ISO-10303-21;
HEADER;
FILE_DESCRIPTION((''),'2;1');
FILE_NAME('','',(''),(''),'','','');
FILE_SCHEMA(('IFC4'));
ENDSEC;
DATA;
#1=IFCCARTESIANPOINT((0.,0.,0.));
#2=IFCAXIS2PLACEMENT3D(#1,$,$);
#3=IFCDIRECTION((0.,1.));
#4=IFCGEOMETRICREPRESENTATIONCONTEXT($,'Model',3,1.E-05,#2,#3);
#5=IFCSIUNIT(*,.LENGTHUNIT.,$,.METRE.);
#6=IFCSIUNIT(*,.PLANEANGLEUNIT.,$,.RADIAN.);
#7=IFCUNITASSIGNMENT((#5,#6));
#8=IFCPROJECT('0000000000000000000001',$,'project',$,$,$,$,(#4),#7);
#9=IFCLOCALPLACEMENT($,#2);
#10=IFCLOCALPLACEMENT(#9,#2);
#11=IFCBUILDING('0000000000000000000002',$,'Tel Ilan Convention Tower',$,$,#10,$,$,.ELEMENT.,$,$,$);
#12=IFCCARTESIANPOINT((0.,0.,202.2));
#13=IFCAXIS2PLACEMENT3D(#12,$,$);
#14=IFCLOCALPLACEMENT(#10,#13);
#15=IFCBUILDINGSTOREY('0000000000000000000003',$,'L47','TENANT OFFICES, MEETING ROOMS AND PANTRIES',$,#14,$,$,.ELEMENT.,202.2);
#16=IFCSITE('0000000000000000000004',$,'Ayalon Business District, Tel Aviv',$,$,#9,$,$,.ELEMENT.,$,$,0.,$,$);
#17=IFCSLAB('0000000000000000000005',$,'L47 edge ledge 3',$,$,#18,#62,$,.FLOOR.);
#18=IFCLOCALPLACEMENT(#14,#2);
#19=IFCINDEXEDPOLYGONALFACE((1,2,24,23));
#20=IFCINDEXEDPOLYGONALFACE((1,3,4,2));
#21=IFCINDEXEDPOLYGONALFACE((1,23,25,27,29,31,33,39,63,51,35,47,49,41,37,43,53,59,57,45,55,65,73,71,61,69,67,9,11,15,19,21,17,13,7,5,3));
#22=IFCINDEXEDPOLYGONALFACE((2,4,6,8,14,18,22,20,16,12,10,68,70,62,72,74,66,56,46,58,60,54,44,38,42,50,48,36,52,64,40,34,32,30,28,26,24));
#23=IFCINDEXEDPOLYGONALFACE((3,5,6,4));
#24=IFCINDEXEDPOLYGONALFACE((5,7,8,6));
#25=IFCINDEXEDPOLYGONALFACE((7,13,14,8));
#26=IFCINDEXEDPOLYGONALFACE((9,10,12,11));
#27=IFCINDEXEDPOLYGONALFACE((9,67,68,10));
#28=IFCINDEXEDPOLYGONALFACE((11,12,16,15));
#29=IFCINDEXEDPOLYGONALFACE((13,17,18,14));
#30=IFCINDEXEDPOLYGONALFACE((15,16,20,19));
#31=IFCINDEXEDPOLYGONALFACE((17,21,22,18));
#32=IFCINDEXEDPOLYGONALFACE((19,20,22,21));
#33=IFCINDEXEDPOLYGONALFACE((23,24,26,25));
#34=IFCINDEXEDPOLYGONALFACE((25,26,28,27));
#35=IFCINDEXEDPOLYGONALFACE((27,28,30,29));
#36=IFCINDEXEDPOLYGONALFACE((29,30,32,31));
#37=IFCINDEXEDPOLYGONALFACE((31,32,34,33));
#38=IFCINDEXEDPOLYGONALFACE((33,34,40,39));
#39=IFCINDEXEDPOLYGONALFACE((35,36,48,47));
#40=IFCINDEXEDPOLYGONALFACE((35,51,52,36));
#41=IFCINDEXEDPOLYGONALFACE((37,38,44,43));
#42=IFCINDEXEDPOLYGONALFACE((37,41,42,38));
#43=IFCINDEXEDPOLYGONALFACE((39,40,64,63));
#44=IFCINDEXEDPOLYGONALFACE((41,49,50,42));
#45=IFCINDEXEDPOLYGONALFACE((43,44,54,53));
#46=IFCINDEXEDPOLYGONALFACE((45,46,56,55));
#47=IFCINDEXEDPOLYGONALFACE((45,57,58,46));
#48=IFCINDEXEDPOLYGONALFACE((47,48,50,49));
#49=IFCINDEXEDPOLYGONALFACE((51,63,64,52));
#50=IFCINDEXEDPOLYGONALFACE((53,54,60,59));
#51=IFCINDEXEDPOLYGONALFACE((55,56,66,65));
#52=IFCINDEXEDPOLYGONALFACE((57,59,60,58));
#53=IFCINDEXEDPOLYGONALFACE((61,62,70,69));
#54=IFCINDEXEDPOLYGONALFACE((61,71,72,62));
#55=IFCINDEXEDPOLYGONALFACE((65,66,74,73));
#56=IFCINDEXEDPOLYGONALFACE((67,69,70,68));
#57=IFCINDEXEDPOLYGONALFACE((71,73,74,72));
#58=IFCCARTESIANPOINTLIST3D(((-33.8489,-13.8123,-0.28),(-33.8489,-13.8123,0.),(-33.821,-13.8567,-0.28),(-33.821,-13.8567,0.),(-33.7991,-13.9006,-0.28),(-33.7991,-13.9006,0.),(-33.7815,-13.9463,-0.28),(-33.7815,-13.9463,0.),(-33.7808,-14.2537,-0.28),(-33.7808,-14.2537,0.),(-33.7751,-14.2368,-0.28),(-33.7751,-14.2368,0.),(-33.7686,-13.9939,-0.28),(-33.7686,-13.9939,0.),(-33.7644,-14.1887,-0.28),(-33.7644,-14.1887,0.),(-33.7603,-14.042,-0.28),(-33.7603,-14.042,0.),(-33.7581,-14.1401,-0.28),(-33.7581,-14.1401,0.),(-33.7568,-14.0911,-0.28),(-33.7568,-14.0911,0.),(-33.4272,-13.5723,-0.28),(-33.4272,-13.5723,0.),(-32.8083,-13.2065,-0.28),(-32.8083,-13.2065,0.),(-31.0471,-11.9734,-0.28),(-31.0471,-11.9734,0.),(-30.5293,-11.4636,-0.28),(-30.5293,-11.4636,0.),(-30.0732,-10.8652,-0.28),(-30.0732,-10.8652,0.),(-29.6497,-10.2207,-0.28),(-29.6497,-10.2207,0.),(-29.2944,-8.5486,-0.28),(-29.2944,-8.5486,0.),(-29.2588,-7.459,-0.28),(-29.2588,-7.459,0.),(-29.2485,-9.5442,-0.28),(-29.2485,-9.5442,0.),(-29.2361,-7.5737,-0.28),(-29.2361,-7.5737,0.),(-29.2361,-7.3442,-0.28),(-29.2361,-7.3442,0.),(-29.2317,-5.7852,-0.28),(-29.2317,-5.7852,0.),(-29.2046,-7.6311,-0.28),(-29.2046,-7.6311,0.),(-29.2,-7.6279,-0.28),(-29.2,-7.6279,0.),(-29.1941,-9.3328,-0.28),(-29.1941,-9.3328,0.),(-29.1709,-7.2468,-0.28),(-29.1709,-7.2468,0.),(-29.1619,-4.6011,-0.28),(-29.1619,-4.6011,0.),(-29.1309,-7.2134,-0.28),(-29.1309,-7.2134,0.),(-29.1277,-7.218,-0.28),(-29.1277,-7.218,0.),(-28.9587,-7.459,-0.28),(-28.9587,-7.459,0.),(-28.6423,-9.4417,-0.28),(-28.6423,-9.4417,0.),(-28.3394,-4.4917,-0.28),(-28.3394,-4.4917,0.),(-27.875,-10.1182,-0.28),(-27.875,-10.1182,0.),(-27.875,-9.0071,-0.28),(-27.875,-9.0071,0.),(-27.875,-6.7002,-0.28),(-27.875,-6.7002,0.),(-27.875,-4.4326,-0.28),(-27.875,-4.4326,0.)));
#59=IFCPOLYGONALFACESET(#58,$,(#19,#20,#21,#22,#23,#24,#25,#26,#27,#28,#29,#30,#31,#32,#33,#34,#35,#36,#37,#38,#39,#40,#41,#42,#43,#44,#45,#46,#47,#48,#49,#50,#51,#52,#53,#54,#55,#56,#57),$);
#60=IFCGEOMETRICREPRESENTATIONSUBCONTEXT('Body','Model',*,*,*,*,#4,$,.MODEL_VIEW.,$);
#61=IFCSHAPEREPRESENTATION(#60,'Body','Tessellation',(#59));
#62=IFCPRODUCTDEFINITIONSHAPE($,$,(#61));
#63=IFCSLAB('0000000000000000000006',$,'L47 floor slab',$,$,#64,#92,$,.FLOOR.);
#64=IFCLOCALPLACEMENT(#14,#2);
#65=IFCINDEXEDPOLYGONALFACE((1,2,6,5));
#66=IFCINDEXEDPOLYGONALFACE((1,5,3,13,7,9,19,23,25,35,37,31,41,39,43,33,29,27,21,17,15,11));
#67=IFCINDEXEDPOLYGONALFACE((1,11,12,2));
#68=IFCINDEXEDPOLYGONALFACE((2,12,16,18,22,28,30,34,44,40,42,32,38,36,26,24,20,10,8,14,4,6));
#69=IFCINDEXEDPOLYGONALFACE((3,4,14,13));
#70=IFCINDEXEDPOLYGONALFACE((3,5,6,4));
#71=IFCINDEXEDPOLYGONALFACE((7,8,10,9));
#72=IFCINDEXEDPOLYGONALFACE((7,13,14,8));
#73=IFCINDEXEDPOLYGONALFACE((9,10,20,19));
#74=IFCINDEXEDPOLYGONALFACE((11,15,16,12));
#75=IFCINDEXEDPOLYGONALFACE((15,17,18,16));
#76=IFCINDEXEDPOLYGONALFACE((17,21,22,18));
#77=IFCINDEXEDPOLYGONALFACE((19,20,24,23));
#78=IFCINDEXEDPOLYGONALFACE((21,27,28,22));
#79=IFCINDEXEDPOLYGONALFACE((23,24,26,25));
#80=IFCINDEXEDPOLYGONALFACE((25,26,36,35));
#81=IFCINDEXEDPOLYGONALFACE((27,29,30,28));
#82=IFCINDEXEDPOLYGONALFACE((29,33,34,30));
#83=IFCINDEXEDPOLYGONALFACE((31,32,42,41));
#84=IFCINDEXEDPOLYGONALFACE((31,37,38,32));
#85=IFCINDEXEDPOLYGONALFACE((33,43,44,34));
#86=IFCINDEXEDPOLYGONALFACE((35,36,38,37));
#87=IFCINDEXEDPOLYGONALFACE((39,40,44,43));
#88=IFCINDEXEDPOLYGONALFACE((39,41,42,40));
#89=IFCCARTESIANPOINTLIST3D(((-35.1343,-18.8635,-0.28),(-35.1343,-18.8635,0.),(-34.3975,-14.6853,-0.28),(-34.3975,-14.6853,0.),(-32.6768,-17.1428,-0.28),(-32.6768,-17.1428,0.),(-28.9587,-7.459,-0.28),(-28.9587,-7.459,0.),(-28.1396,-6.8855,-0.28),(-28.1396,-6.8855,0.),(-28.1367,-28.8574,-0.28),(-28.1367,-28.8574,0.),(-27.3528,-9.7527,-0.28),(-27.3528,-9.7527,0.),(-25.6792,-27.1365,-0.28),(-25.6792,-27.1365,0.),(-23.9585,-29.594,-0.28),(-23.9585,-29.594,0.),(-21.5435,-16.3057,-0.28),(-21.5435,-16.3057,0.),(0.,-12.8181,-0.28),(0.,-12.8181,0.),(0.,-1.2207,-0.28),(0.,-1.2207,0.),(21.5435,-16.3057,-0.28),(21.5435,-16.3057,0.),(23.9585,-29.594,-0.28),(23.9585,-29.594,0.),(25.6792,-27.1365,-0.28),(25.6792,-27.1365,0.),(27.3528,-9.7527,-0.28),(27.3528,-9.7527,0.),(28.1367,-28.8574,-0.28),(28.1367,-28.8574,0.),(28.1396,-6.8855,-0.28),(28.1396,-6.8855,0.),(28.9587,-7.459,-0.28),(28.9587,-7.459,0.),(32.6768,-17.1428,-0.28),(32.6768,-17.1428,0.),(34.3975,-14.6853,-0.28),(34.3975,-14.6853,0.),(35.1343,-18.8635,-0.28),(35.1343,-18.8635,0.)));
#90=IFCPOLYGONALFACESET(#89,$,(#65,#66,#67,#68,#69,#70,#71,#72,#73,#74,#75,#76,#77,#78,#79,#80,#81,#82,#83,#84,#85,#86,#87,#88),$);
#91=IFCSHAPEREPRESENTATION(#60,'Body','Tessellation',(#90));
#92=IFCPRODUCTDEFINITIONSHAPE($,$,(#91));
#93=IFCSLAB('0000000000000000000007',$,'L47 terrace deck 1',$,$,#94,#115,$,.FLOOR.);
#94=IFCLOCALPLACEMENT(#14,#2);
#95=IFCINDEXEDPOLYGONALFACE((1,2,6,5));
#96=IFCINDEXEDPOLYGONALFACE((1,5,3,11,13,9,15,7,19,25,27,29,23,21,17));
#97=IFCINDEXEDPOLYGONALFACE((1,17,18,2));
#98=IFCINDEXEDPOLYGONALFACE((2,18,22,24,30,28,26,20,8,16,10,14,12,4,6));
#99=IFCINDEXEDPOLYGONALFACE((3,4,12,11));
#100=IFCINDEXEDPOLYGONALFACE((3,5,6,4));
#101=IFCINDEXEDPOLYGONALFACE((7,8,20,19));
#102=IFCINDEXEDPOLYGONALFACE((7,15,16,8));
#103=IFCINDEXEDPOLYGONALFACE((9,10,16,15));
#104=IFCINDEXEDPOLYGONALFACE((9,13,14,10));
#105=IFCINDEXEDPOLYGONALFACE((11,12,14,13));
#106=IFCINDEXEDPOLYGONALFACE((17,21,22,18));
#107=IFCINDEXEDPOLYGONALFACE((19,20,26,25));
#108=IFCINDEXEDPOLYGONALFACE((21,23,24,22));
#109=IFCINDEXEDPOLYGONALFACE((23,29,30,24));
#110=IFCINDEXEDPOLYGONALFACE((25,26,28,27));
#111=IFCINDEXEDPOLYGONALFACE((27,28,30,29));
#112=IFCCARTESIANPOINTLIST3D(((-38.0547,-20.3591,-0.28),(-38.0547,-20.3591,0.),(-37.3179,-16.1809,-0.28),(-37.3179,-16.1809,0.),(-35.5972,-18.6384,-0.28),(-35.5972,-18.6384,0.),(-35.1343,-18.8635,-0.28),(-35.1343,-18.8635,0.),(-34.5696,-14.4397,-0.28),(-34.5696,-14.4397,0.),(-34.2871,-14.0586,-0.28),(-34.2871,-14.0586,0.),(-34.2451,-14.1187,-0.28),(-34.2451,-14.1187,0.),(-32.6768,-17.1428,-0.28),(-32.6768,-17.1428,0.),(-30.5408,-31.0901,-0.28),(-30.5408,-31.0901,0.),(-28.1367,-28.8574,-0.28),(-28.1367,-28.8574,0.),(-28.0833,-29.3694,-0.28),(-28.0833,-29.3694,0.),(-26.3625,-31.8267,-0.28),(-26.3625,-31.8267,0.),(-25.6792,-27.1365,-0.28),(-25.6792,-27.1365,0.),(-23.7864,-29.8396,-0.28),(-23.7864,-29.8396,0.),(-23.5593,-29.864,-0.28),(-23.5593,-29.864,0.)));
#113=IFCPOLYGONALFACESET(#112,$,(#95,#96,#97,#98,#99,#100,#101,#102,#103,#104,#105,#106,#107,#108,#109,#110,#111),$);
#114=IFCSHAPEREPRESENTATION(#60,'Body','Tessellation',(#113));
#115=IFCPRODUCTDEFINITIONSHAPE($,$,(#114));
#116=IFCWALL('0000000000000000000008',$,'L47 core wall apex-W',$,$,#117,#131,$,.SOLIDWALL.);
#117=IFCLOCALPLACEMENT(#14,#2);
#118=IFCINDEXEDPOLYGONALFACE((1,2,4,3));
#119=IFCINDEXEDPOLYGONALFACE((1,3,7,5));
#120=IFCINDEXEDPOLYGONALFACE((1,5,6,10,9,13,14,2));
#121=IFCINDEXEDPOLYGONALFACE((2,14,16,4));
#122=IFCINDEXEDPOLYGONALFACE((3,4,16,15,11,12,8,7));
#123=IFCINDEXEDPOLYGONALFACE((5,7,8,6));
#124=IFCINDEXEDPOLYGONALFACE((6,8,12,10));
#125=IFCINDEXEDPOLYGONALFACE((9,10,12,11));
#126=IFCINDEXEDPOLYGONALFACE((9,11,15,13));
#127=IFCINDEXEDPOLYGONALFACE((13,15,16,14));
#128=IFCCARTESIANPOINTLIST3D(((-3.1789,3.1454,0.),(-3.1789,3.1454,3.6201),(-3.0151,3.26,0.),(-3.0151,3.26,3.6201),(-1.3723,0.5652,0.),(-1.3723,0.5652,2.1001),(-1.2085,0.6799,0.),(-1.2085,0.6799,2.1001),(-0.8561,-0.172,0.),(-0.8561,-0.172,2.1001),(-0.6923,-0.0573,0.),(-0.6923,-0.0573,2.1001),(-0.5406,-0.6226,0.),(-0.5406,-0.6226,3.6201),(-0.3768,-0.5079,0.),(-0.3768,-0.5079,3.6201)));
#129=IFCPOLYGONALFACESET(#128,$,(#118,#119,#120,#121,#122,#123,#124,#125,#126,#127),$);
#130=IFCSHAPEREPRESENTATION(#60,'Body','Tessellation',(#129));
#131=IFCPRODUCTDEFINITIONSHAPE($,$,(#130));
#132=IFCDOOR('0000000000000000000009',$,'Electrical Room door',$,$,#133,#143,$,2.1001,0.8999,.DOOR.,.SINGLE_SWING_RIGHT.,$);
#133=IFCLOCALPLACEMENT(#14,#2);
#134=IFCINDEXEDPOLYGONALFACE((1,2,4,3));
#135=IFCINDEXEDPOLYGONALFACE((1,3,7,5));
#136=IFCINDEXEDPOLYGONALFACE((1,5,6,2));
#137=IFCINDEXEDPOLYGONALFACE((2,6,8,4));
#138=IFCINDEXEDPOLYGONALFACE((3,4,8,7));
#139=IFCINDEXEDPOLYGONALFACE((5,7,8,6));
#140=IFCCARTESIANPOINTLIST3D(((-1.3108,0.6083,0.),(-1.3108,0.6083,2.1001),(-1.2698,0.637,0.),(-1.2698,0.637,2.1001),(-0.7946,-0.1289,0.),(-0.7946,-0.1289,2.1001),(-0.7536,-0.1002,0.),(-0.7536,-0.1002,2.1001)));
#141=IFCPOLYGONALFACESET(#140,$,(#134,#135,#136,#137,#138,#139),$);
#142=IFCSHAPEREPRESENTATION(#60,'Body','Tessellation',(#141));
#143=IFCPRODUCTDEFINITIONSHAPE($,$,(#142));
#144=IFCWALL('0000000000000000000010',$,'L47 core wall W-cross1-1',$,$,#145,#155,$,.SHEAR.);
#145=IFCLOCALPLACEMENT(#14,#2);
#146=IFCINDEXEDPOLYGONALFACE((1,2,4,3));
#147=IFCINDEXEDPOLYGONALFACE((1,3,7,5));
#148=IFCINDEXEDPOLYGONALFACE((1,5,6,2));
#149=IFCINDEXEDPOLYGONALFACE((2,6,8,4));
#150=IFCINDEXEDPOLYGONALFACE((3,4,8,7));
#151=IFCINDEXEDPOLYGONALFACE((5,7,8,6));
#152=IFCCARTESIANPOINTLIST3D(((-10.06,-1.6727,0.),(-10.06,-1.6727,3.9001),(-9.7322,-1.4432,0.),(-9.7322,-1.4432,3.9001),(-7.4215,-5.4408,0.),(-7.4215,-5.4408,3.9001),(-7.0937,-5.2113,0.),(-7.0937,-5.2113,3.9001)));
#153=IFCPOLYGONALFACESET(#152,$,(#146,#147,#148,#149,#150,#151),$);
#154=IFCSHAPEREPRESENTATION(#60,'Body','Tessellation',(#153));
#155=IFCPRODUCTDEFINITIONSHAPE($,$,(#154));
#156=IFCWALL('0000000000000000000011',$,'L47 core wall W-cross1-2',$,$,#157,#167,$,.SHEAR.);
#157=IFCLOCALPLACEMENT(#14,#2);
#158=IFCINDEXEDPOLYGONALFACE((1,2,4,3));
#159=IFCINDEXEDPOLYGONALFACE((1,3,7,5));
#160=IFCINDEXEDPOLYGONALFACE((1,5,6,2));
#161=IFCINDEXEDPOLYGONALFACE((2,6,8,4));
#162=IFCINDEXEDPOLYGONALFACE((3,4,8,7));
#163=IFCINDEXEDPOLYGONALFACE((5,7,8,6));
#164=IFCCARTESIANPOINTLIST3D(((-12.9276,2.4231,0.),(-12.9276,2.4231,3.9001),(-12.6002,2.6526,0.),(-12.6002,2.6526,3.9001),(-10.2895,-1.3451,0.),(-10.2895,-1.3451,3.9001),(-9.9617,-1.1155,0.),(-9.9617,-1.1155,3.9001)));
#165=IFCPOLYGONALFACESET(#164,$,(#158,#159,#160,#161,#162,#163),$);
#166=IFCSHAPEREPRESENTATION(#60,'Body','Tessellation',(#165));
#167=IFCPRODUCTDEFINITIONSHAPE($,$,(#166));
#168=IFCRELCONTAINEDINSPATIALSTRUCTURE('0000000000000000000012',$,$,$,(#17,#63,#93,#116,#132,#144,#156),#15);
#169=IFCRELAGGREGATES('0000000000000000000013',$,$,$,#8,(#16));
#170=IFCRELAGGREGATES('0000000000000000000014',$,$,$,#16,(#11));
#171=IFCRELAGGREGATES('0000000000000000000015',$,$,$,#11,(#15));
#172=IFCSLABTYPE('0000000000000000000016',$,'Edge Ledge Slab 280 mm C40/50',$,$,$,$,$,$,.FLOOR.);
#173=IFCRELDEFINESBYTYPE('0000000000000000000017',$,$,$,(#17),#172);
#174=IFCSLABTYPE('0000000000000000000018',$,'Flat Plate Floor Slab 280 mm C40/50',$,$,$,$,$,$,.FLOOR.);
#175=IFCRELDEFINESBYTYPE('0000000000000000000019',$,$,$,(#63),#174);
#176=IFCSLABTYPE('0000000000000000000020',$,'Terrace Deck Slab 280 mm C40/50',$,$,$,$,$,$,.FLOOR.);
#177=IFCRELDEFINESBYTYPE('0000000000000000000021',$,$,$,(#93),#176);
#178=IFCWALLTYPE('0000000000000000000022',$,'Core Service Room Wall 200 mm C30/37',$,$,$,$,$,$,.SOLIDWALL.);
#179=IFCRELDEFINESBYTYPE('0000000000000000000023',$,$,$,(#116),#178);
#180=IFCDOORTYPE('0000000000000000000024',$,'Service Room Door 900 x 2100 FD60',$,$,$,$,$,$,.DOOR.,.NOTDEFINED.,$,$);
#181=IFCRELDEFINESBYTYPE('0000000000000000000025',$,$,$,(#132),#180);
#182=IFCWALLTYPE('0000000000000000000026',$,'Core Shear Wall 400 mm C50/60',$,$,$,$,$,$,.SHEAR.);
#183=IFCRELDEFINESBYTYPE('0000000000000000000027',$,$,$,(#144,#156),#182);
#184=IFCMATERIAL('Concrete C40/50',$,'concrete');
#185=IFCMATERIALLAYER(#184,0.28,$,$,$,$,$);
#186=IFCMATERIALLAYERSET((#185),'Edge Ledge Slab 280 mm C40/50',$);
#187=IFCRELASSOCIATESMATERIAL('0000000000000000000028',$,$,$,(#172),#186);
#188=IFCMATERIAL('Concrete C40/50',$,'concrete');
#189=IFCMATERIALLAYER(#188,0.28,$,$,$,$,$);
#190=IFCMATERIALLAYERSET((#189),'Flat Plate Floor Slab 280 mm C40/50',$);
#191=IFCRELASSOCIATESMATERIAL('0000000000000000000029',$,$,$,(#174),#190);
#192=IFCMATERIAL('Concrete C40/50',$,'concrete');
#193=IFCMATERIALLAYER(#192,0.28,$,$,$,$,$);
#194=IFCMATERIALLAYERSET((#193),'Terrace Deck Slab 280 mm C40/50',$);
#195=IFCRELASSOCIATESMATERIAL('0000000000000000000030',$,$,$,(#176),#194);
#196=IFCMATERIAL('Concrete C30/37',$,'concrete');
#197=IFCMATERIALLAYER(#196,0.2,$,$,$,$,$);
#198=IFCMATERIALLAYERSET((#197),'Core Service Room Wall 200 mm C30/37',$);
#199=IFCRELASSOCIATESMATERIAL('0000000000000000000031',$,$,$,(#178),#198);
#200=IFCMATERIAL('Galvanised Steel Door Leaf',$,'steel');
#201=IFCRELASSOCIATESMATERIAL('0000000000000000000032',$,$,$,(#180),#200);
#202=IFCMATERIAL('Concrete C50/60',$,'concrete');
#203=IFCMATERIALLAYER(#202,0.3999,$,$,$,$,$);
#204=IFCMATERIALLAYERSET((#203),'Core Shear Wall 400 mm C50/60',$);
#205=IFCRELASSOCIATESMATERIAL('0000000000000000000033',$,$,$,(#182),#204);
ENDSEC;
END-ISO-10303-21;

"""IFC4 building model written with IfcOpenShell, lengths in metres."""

from ifc_helpers import new_model, si_unit, direction, frame, frame_2d, origin, place, context, subcontext, project, spatial, polyline, rectangle, outline, extrude, material, layer, layer_set, type_object, element, fill, save


model = new_model("IFC4")

# Units and contexts
model_context = context("Model", 3, precision=1e-05, world=origin(), true_north=direction((0.0, 1.0)))
body_context = subcontext(model_context, "Body", "Model", "MODEL_VIEW")
ifc_project = project(units=[si_unit("LENGTHUNIT", "METRE"), si_unit("PLANEANGLEUNIT", "RADIAN")], contexts=[model_context])

# Site, building, storey
site_placement = place(None, origin())
site = spatial("IfcSite", under=ifc_project, at=site_placement, Name="Ayalon Business District, Tel Aviv", CompositionType="ELEMENT", RefElevation=0.0)
building_placement = place(site_placement, origin())
building = spatial("IfcBuilding", under=site, at=building_placement, Name="Tel Ilan Convention Tower", CompositionType="ELEMENT")
storey_placement = place(building_placement, frame((0.0, 0.0, 202.2)))
storey = spatial("IfcBuildingStorey", under=building, at=storey_placement, Name="L47", Description="TENANT OFFICES, MEETING ROOMS AND PANTRIES", CompositionType="ELEMENT", Elevation=202.2)

# Slabs
ifc_material_1 = material(Name="Concrete C40/50", Category="concrete")
ifc_layer_1 = layer(ifc_material_1, 0.28)
ifc_layer_set_1 = layer_set([ifc_layer_1], Name="Edge Ledge Slab 280 mm C40/50")
slab_type_1 = type_object("IfcSlabType", Name="Edge Ledge Slab 280 mm C40/50", PredefinedType="FLOOR", material=ifc_layer_set_1)
slab_1_placement = place(storey_placement, frame((0.0, 0.0, -0.28)))
element("IfcSlab", 1, at=slab_1_placement, inside=storey, type_object=slab_type_1, Name="L47 edge ledge 3", PredefinedType="FLOOR", context=body_context, shape_type="SweptSolid", body=[
    extrude(outline(polyline([(-30.5293, -11.4636), (-30.0732, -10.8652), (-29.6497, -10.2207), (-29.2485, -9.5442), (-28.6423, -9.4417), (-29.1941, -9.3328), (-29.2944, -8.5486), (-29.2046, -7.6311), (-29.2, -7.6279), (-29.2361, -7.5737), (-29.2588, -7.459), (-29.2361, -7.3442), (-29.1709, -7.2468), (-29.1277, -7.218), (-29.1309, -7.2134), (-29.2317, -5.7852), (-29.1619, -4.6011), (-28.3394, -4.4917), (-27.875, -4.4326), (-27.875, -6.7002), (-28.9587, -7.459), (-27.875, -9.0071), (-27.875, -10.1182), (-33.7808, -14.2537), (-33.7751, -14.2368), (-33.7644, -14.1887), (-33.7581, -14.1401), (-33.7568, -14.0911), (-33.7603, -14.042), (-33.7686, -13.9939), (-33.7815, -13.9463), (-33.7991, -13.9006), (-33.821, -13.8567), (-33.8489, -13.8123), (-33.4272, -13.5723), (-32.8083, -13.2065), (-31.0471, -11.9734), (-30.5293, -11.4636)])), origin(), (0.0, 0.0, 1.0), 0.28),
])
ifc_material_2 = material(Name="Concrete C40/50", Category="concrete")
ifc_layer_2 = layer(ifc_material_2, 0.28)
ifc_layer_set_2 = layer_set([ifc_layer_2], Name="Flat Plate Floor Slab 280 mm C40/50")
slab_type_2 = type_object("IfcSlabType", Name="Flat Plate Floor Slab 280 mm C40/50", PredefinedType="FLOOR", material=ifc_layer_set_2)
slab_2_placement = place(storey_placement, frame((0.0, 0.0, -0.28)))
element("IfcSlab", 2, at=slab_2_placement, inside=storey, type_object=slab_type_2, Name="L47 floor slab", PredefinedType="FLOOR", context=body_context, shape_type="SweptSolid", body=[
    extrude(outline(polyline([(-25.6792, -27.1365), (-28.1367, -28.8574), (-35.1343, -18.8635), (-32.6768, -17.1428), (-34.3975, -14.6853), (-27.3528, -9.7527), (-28.9587, -7.459), (-28.1396, -6.8855), (-21.5435, -16.3057), (0.0, -1.2207), (21.5435, -16.3057), (28.1396, -6.8855), (28.9587, -7.459), (27.3528, -9.7527), (34.3975, -14.6853), (32.6768, -17.1428), (35.1343, -18.8635), (28.1367, -28.8574), (25.6792, -27.1365), (23.9585, -29.594), (0.0, -12.8181), (-23.9585, -29.594), (-25.6792, -27.1365)])), origin(), (0.0, 0.0, 1.0), 0.28),
])
ifc_material_3 = material(Name="Concrete C40/50", Category="concrete")
ifc_layer_3 = layer(ifc_material_3, 0.28)
ifc_layer_set_3 = layer_set([ifc_layer_3], Name="Terrace Deck Slab 280 mm C40/50")
slab_type_3 = type_object("IfcSlabType", Name="Terrace Deck Slab 280 mm C40/50", PredefinedType="FLOOR", material=ifc_layer_set_3)
slab_3_placement = place(storey_placement, frame((0.0, 0.0, -0.28)))
element("IfcSlab", 3, at=slab_3_placement, inside=storey, type_object=slab_type_3, Name="L47 terrace deck 1", PredefinedType="FLOOR", context=body_context, shape_type="SweptSolid", body=[
    extrude(outline(polyline([(-30.5408, -31.0901), (-38.0547, -20.3591), (-35.5972, -18.6384), (-37.3179, -16.1809), (-34.2871, -14.0586), (-34.2451, -14.1187), (-34.5696, -14.4397), (-32.6768, -17.1428), (-35.1343, -18.8635), (-28.1367, -28.8574), (-25.6792, -27.1365), (-23.7864, -29.8396), (-23.5593, -29.864), (-26.3625, -31.8267), (-28.0833, -29.3694), (-30.5408, -31.0901)])), origin(), (0.0, 0.0, 1.0), 0.28),
])

# Wall, opening, door
ifc_material_4 = material(Name="Concrete C30/37", Category="concrete")
ifc_layer_4 = layer(ifc_material_4, 0.2)
ifc_layer_set_4 = layer_set([ifc_layer_4], Name="Core Service Room Wall 200 mm C30/37")
wall_type_1 = type_object("IfcWallType", Name="Core Service Room Wall 200 mm C30/37", PredefinedType="SOLIDWALL", material=ifc_layer_set_4)
wall_1_placement = place(storey_placement, frame((-0.4587, -0.5652, 0.0), z_axis=(0.0, 0.0, 1.0), x_axis=(-0.573576, 0.819152, 0.0)))
wall_1 = element("IfcWall", 4, at=wall_1_placement, inside=storey, type_object=wall_type_1, Name="L47 core wall apex-W", PredefinedType="SOLIDWALL", context=body_context, shape_type="SweptSolid", body=[
    extrude(rectangle(XDim=4.5999, YDim=0.2, at=frame_2d((2.2998, 0.0))), origin(), (0.0, 0.0, 1.0), 3.6201),
])
opening_1_placement = place(wall_1_placement, frame((0.55, 0.0, 0.0)))
opening_1 = element("IfcOpeningElement", 5, at=opening_1_placement, cuts=wall_1, PredefinedType="OPENING", context=body_context, shape_type="SweptSolid", body=[
    extrude(rectangle(XDim=0.8999, YDim=2.1001, at=frame_2d((0.45, 1.05))), frame((0.0, 0.1099, 0.0), z_axis=(0.0, -1.0, 0.0), x_axis=(1.0, 0.0, 0.0)), (0.0, 0.0, 1.0), 0.22),
])
ifc_material_5 = material(Name="Galvanised Steel Door Leaf", Category="steel")
door_type_1 = type_object("IfcDoorType", Name="Service Room Door 900 x 2100 FD60", OperationType="NOTDEFINED", PredefinedType="DOOR", material=ifc_material_5)
door_1_placement = place(opening_1_placement, origin())
door_1 = element("IfcDoor", 6, at=door_1_placement, inside=storey, type_object=door_type_1, Name="Electrical Room door", OperationType="SINGLE_SWING_RIGHT", OverallHeight=2.1001, OverallWidth=0.8999, PredefinedType="DOOR", context=body_context, shape_type="SweptSolid", body=[
    extrude(rectangle(XDim=0.8999, YDim=2.1001, at=frame_2d((0.45, 1.05))), frame((0.0, 0.0249, 0.0), z_axis=(0.0, -1.0, 0.0), x_axis=(1.0, 0.0, 0.0)), (0.0, 0.0, 1.0), 0.05),
])
fill(opening_1, door_1)

# Walls
ifc_material_6 = material(Name="Concrete C50/60", Category="concrete")
ifc_layer_5 = layer(ifc_material_6, 0.3999)
ifc_layer_set_5 = layer_set([ifc_layer_5], Name="Core Shear Wall 400 mm C50/60")
wall_type_2 = type_object("IfcWallType", Name="Core Shear Wall 400 mm C50/60", PredefinedType="SHEAR", material=ifc_layer_set_5)
wall_2_placement = place(storey_placement, frame((-7.2578, -5.3259, 0.0), z_axis=(0.0, 0.0, 1.0), x_axis=(-0.573541, 0.819177, 0.0)))
element("IfcWall", 7, at=wall_2_placement, inside=storey, type_object=wall_type_2, Name="L47 core wall W-cross1-1", PredefinedType="SHEAR", context=body_context, shape_type="SweptSolid", body=[
    extrude(outline(polyline([(4.5999, 0.2002), (-0.0002, 0.2), (-0.0002, -0.2002), (4.5999, -0.2), (4.5999, 0.2002)])), origin(), (0.0, 0.0, 1.0), 3.9001),
])
wall_3_placement = place(storey_placement, frame((-10.1255, -1.2302, 0.0), z_axis=(0.0, 0.0, 1.0), x_axis=(-0.573576, 0.819152, 0.0)))
element("IfcWall", 8, at=wall_3_placement, inside=storey, type_object=wall_type_2, Name="L47 core wall W-cross1-2", PredefinedType="SHEAR", context=body_context, shape_type="SweptSolid", body=[
    extrude(outline(polyline([(4.6001, -0.2), (4.5999, 0.2), (0.0, 0.2002), (0.0, -0.2), (4.6001, -0.2)])), origin(), (0.0, 0.0, 1.0), 3.9001),
])

save(model, "model.ifc")
